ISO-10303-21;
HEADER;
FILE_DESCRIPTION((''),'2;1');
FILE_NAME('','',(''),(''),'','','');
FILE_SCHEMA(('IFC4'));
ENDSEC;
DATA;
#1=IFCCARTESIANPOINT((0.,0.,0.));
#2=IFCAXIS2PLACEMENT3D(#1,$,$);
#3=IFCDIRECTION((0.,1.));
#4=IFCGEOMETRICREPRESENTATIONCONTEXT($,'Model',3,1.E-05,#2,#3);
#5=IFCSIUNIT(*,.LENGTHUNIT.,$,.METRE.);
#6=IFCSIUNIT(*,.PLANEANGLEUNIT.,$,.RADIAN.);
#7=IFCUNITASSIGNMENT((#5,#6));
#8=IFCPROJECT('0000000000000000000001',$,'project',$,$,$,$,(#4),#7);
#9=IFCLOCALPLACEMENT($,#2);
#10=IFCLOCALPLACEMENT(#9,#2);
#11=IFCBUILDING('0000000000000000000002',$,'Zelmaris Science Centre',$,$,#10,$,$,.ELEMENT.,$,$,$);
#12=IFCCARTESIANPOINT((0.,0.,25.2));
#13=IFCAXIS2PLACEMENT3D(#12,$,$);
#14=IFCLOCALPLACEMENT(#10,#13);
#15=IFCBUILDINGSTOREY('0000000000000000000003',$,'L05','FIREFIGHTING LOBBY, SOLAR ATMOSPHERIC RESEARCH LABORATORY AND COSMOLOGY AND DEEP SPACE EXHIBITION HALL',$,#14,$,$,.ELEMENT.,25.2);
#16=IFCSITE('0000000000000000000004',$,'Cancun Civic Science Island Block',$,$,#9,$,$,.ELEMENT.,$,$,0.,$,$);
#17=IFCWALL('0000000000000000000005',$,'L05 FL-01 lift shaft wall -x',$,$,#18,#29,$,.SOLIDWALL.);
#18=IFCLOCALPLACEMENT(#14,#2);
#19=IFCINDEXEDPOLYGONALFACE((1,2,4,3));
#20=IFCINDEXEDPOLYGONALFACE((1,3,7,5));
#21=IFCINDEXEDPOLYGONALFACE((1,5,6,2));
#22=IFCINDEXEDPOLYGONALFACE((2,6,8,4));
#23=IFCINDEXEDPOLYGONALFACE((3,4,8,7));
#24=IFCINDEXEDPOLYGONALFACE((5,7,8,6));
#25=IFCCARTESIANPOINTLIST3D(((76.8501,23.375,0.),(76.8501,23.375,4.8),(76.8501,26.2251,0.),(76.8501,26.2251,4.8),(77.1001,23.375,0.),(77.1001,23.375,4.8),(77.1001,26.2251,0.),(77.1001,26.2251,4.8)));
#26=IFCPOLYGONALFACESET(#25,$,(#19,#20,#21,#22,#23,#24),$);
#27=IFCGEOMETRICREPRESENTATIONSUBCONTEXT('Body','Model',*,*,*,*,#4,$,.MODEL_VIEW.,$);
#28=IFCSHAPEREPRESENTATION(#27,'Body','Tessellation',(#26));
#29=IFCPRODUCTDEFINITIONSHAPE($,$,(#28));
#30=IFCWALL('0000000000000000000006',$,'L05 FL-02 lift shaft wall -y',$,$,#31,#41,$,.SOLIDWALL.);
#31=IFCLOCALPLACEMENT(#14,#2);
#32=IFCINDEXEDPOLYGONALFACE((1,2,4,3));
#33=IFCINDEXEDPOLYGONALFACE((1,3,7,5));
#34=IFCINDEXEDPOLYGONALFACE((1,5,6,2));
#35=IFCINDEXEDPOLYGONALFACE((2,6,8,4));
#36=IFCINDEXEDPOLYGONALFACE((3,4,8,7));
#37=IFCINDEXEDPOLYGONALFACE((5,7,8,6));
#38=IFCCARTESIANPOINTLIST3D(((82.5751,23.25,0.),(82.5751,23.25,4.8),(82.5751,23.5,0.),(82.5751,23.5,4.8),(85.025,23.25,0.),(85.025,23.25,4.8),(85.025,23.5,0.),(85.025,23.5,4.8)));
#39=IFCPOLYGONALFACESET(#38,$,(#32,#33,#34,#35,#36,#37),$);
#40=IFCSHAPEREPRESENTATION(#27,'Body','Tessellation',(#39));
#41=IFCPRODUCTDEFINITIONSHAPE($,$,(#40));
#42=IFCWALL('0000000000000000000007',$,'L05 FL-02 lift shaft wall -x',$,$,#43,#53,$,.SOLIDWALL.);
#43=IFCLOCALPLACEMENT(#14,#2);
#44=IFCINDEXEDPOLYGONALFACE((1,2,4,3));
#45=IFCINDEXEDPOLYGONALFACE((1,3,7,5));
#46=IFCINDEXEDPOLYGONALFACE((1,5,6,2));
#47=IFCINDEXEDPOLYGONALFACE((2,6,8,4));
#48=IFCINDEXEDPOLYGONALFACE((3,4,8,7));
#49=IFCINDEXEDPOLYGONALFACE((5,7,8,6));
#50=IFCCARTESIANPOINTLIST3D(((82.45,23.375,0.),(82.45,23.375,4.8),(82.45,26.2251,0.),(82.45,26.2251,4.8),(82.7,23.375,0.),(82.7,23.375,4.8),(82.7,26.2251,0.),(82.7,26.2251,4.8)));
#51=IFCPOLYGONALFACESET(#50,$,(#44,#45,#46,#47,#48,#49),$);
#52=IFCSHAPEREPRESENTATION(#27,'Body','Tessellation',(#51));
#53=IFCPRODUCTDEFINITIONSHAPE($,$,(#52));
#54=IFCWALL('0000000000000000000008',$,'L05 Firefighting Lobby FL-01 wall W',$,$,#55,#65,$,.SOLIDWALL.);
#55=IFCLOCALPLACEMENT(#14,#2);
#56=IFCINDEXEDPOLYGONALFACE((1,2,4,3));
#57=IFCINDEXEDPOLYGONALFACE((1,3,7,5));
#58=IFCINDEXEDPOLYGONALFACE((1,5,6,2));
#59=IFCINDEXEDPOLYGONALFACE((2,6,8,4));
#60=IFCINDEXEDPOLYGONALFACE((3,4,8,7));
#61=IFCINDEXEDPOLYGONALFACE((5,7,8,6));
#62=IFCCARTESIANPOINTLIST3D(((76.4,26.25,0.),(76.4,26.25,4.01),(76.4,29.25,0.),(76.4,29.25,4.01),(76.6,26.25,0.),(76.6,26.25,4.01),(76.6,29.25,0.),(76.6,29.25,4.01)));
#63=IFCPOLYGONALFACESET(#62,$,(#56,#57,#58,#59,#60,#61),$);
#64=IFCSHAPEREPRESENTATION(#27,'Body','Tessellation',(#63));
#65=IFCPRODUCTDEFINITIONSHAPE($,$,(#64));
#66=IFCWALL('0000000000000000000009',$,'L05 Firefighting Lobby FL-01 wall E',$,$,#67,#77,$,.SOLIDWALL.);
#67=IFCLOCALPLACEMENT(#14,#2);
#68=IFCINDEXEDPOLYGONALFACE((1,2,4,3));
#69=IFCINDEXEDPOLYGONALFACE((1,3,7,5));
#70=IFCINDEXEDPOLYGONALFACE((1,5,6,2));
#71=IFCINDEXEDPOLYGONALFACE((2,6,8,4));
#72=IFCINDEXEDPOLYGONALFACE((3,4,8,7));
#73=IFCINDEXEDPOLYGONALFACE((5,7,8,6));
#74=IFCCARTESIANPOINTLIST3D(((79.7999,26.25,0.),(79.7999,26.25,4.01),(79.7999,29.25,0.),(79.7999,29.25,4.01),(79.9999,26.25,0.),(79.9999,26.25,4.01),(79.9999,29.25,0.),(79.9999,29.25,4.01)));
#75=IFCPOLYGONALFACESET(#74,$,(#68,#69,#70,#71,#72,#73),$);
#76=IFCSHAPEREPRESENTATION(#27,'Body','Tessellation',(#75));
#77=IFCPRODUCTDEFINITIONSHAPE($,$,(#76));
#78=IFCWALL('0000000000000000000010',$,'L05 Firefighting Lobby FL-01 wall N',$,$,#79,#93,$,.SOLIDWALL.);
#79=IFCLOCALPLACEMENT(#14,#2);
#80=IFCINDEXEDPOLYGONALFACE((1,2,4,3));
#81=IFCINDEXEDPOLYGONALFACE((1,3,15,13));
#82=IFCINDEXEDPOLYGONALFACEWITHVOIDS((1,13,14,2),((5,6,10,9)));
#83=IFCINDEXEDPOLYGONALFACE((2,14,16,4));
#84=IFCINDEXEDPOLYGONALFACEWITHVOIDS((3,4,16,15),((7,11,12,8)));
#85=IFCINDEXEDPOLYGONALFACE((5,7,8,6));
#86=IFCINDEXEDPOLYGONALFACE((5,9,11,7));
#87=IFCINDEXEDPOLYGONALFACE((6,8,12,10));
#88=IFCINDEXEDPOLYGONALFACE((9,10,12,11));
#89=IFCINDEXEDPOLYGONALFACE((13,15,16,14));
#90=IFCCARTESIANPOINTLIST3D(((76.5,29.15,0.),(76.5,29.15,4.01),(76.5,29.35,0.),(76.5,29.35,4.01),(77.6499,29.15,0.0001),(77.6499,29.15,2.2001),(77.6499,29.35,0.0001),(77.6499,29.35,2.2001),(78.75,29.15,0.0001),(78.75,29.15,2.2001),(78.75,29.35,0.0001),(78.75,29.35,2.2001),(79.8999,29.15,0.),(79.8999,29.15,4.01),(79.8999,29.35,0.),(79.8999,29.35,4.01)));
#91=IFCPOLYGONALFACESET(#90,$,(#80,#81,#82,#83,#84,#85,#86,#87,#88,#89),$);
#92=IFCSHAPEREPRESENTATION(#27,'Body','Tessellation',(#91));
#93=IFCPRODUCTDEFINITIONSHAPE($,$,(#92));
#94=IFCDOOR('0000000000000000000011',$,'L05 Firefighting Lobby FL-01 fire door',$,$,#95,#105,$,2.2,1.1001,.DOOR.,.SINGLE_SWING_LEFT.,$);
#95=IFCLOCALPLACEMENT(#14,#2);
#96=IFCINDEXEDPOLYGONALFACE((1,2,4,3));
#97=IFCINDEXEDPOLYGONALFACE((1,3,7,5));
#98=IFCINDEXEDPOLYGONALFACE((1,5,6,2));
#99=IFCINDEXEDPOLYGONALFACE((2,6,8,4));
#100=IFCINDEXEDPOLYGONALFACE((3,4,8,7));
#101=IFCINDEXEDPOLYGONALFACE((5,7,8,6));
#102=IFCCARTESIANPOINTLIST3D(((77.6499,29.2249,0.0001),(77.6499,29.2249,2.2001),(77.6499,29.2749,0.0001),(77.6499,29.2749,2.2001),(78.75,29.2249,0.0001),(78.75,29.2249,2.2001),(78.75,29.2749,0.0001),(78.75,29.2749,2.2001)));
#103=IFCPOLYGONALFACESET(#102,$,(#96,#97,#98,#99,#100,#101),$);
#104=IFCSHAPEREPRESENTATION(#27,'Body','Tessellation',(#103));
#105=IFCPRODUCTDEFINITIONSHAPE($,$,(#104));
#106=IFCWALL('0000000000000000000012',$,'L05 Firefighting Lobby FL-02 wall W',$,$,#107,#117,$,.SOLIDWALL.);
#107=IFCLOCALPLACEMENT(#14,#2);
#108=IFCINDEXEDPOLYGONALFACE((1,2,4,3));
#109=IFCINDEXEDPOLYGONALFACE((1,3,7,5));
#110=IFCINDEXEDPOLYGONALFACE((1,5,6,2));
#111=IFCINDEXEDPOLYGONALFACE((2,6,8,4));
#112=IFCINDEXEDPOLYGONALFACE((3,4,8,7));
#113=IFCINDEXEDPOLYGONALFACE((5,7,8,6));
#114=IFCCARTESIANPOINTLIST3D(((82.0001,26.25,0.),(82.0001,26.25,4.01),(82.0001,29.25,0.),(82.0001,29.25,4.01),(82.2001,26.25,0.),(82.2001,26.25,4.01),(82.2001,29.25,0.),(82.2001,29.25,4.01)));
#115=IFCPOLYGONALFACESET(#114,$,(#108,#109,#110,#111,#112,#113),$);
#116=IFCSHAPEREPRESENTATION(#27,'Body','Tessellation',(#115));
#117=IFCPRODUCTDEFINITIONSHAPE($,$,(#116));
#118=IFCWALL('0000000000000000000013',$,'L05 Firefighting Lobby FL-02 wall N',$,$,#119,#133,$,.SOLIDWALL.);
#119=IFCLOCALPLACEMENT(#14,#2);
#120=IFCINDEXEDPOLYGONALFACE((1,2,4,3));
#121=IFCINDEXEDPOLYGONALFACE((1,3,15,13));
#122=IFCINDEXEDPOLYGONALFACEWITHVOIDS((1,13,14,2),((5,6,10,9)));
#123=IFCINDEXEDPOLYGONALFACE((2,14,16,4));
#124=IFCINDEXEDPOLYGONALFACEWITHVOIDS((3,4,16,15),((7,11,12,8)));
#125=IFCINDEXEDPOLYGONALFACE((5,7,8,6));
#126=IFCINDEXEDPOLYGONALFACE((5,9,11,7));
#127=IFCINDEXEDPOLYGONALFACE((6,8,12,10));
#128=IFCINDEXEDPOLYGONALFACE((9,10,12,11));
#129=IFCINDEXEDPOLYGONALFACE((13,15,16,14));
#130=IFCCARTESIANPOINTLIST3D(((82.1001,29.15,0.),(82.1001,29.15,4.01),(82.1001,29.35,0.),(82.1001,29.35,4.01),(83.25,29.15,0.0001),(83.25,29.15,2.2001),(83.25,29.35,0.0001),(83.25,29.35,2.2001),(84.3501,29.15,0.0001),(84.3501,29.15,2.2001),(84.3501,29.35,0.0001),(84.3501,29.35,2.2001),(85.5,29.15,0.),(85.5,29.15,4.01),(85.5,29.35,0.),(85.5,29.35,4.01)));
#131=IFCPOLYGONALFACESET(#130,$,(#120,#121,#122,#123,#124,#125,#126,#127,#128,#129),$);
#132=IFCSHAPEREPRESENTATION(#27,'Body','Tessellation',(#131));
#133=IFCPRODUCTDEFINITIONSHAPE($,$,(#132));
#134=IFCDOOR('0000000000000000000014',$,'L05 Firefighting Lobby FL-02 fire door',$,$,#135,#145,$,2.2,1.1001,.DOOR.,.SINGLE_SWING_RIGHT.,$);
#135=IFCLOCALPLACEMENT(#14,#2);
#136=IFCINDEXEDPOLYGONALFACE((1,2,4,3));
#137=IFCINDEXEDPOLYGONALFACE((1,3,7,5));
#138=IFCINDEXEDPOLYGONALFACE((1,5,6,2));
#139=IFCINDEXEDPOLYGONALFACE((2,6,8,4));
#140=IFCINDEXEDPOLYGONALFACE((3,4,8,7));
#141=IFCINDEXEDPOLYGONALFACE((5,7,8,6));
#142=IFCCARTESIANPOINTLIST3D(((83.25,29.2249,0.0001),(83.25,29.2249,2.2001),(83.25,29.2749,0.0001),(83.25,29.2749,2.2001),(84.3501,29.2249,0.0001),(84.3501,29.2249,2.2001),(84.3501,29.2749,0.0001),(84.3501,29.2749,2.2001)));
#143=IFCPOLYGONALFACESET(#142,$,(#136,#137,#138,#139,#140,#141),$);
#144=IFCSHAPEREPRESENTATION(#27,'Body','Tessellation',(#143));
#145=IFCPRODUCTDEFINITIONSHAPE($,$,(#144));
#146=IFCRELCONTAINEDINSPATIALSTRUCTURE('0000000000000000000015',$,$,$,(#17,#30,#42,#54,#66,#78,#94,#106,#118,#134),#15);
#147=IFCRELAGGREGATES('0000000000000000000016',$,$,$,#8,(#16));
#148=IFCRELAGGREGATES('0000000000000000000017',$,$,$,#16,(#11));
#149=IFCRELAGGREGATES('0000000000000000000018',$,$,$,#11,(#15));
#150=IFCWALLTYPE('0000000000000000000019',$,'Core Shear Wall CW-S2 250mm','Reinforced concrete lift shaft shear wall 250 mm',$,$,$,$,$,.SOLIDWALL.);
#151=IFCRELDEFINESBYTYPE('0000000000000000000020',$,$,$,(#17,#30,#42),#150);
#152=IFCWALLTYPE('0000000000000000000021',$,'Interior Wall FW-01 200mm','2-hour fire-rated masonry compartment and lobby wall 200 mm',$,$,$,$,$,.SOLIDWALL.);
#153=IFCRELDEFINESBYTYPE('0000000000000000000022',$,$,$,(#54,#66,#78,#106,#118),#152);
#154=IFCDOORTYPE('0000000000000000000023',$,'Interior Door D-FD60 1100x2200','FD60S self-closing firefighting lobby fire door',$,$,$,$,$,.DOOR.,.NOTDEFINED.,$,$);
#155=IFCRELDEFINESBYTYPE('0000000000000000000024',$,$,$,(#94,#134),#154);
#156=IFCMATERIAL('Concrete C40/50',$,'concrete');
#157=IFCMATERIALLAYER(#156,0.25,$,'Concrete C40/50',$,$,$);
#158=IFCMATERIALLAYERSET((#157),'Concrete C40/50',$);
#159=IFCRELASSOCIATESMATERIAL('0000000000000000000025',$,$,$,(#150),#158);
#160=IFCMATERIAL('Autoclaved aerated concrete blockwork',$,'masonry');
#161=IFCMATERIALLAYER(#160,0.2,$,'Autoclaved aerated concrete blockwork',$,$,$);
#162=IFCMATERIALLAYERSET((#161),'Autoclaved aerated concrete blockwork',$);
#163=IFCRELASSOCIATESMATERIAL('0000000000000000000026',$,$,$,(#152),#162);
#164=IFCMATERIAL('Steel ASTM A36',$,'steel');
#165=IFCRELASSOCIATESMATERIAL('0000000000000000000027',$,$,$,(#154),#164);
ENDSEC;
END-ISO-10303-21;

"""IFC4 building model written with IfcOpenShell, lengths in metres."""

from ifc_helpers import new_model, si_unit, direction, frame, frame_2d, origin, place, context, subcontext, project, spatial, rectangle, extrude, material, layer, layer_set, type_object, element, fill, save


model = new_model("IFC4")

# Units and contexts
model_context = context("Model", 3, precision=1e-05, world=origin(), true_north=direction((0.0, 1.0)))
body_context = subcontext(model_context, "Body", "Model", "MODEL_VIEW")
ifc_project = project(units=[si_unit("LENGTHUNIT", "METRE"), si_unit("PLANEANGLEUNIT", "RADIAN")], contexts=[model_context])

# Site, building, storey
site_placement = place(None, origin())
site = spatial("IfcSite", under=ifc_project, at=site_placement, Name="Cancun Civic Science Island Block", CompositionType="ELEMENT", RefElevation=0.0)
building_placement = place(site_placement, origin())
building = spatial("IfcBuilding", under=site, at=building_placement, Name="Zelmaris Science Centre", CompositionType="ELEMENT")
storey_placement = place(building_placement, frame((0.0, 0.0, 25.2)))
storey = spatial("IfcBuildingStorey", under=building, at=storey_placement, Name="L05", Description="FIREFIGHTING LOBBY, SOLAR ATMOSPHERIC RESEARCH LABORATORY AND COSMOLOGY AND DEEP SPACE EXHIBITION HALL", CompositionType="ELEMENT", Elevation=25.2)

# Shared definitions
ifc_material_1 = material(Name="Concrete C40/50", Category="concrete")
ifc_material_2 = material(Name="Steel ASTM A36", Category="steel")

# Shared definitions
ifc_layer_1 = layer(ifc_material_1, 0.25, Name="Concrete C40/50")
ifc_layer_set_1 = layer_set([ifc_layer_1], Name="Concrete C40/50")
wall_type_1 = type_object("IfcWallType", Name="Core Shear Wall CW-S2 250mm", Description="Reinforced concrete lift shaft shear wall 250 mm", PredefinedType="SOLIDWALL", material=ifc_layer_set_1)

# Walls
wall_1_placement = place(storey_placement, frame((76.9751, 26.2251, 0.0), z_axis=(0.0, 0.0, 1.0), x_axis=(0.0, -1.0, 0.0)))
element("IfcWall", 1, at=wall_1_placement, inside=storey, type_object=wall_type_1, Name="L05 FL-01 lift shaft wall -x", PredefinedType="SOLIDWALL", context=body_context, shape_type="SweptSolid", body=[
    extrude(rectangle(XDim=2.8501, YDim=0.25, at=frame_2d((1.425, 0.0))), origin(), (0.0, 0.0, 1.0), 4.8),
])
wall_2_placement = place(storey_placement, frame((82.575, 23.375, 0.0), z_axis=(0.0, 0.0, 1.0), x_axis=(1.0, 0.0, 0.0)))
element("IfcWall", 2, at=wall_2_placement, inside=storey, type_object=wall_type_1, Name="L05 FL-02 lift shaft wall -y", PredefinedType="SOLIDWALL", context=body_context, shape_type="SweptSolid", body=[
    extrude(rectangle(XDim=2.45, YDim=0.25, at=frame_2d((1.2251, 0.0))), origin(), (0.0, 0.0, 1.0), 4.8),
])
wall_3_placement = place(storey_placement, frame((82.575, 26.2251, 0.0), z_axis=(0.0, 0.0, 1.0), x_axis=(0.0, -1.0, 0.0)))
element("IfcWall", 3, at=wall_3_placement, inside=storey, type_object=wall_type_1, Name="L05 FL-02 lift shaft wall -x", PredefinedType="SOLIDWALL", context=body_context, shape_type="SweptSolid", body=[
    extrude(rectangle(XDim=2.8501, YDim=0.25, at=frame_2d((1.425, 0.0))), origin(), (0.0, 0.0, 1.0), 4.8),
])
ifc_material_3 = material(Name="Autoclaved aerated concrete blockwork", Category="masonry")
ifc_layer_2 = layer(ifc_material_3, 0.2, Name="Autoclaved aerated concrete blockwork")
ifc_layer_set_2 = layer_set([ifc_layer_2], Name="Autoclaved aerated concrete blockwork")
wall_type_2 = type_object("IfcWallType", Name="Interior Wall FW-01 200mm", Description="2-hour fire-rated masonry compartment and lobby wall 200 mm", PredefinedType="SOLIDWALL", material=ifc_layer_set_2)
for number, where, z_axis, x_axis, name in (
    (4, (76.5, 26.25, 0.0), (0.0, 0.0, 1.0), (0.0, 1.0, 0.0), "L05 Firefighting Lobby FL-01 wall W"),
    (5, (79.8999, 26.25, 0.0), (0.0, 0.0, 1.0), (0.0, 1.0, 0.0), "L05 Firefighting Lobby FL-01 wall E"),
):
    element("IfcWall", number, at=place(storey_placement, frame(where, z_axis=z_axis, x_axis=x_axis)), inside=storey, type_object=wall_type_2, Name=name, PredefinedType="SOLIDWALL", context=body_context, shape_type="SweptSolid", body=[
        extrude(rectangle(XDim=3.0, YDim=0.2, at=frame_2d((1.5, 0.0))), origin(), (0.0, 0.0, 1.0), 4.01),
    ])

# Wall, opening, door
wall_4_placement = place(storey_placement, frame((76.5, 29.25, 0.0), z_axis=(0.0, 0.0, 1.0), x_axis=(1.0, 0.0, 0.0)))
wall_4 = element("IfcWall", 6, at=wall_4_placement, inside=storey, type_object=wall_type_2, Name="L05 Firefighting Lobby FL-01 wall N", PredefinedType="SOLIDWALL", context=body_context, shape_type="SweptSolid", body=[
    extrude(rectangle(XDim=3.3999, YDim=0.2, at=frame_2d((1.7, 0.0))), origin(), (0.0, 0.0, 1.0), 4.01),
])
opening_1_placement = place(wall_4_placement, frame((1.1499, 0.0, 0.0)))
opening_1 = element("IfcOpeningElement", 7, at=opening_1_placement, cuts=wall_4, PredefinedType="OPENING", context=body_context, shape_type="SweptSolid", body=[
    extrude(rectangle(XDim=1.1001, YDim=2.2, at=frame_2d((0.55, 1.1001))), frame((0.0, 0.1099, 0.0), z_axis=(0.0, -1.0, 0.0), x_axis=(1.0, 0.0, 0.0)), (0.0, 0.0, 1.0), 0.22),
])
door_type_1 = type_object("IfcDoorType", Name="Interior Door D-FD60 1100x2200", Description="FD60S self-closing firefighting lobby fire door", OperationType="NOTDEFINED", PredefinedType="DOOR", material=ifc_material_2)
door_1_placement = place(opening_1_placement, origin())
door_1 = element("IfcDoor", 8, at=door_1_placement, inside=storey, type_object=door_type_1, Name="L05 Firefighting Lobby FL-01 fire door", OperationType="SINGLE_SWING_LEFT", OverallHeight=2.2, OverallWidth=1.1001, PredefinedType="DOOR", context=body_context, shape_type="SweptSolid", body=[
    extrude(rectangle(XDim=1.1001, YDim=2.2, at=frame_2d((0.55, 1.1001))), frame((0.0, 0.0249, 0.0), z_axis=(0.0, -1.0, 0.0), x_axis=(1.0, 0.0, 0.0)), (0.0, 0.0, 1.0), 0.05),
])
fill(opening_1, door_1)

# Wall
wall_5_placement = place(storey_placement, frame((82.1001, 26.25, 0.0), z_axis=(0.0, 0.0, 1.0), x_axis=(0.0, 1.0, 0.0)))
element("IfcWall", 9, at=wall_5_placement, inside=storey, type_object=wall_type_2, Name="L05 Firefighting Lobby FL-02 wall W", PredefinedType="SOLIDWALL", context=body_context, shape_type="SweptSolid", body=[
    extrude(rectangle(XDim=3.0, YDim=0.2, at=frame_2d((1.5, 0.0))), origin(), (0.0, 0.0, 1.0), 4.01),
])

# Wall, opening, door
wall_6_placement = place(storey_placement, frame((82.1001, 29.25, 0.0), z_axis=(0.0, 0.0, 1.0), x_axis=(1.0, 0.0, 0.0)))
wall_6 = element("IfcWall", 10, at=wall_6_placement, inside=storey, type_object=wall_type_2, Name="L05 Firefighting Lobby FL-02 wall N", PredefinedType="SOLIDWALL", context=body_context, shape_type="SweptSolid", body=[
    extrude(rectangle(XDim=3.3999, YDim=0.2, at=frame_2d((1.7, 0.0))), origin(), (0.0, 0.0, 1.0), 4.01),
])
opening_2_placement = place(wall_6_placement, frame((1.1499, 0.0, 0.0)))
opening_2 = element("IfcOpeningElement", 11, at=opening_2_placement, cuts=wall_6, PredefinedType="OPENING", context=body_context, shape_type="SweptSolid", body=[
    extrude(rectangle(XDim=1.1001, YDim=2.2, at=frame_2d((0.55, 1.1001))), frame((0.0, 0.1099, 0.0), z_axis=(0.0, -1.0, 0.0), x_axis=(1.0, 0.0, 0.0)), (0.0, 0.0, 1.0), 0.22),
])
door_2_placement = place(opening_2_placement, origin())
door_2 = element("IfcDoor", 12, at=door_2_placement, inside=storey, type_object=door_type_1, Name="L05 Firefighting Lobby FL-02 fire door", OperationType="SINGLE_SWING_RIGHT", OverallHeight=2.2, OverallWidth=1.1001, PredefinedType="DOOR", context=body_context, shape_type="SweptSolid", body=[
    extrude(rectangle(XDim=1.1001, YDim=2.2, at=frame_2d((0.55, 1.1001))), frame((0.0, 0.0249, 0.0), z_axis=(0.0, -1.0, 0.0), x_axis=(1.0, 0.0, 0.0)), (0.0, 0.0, 1.0), 0.05),
])
fill(opening_2, door_2)

save(model, "model.ifc")
